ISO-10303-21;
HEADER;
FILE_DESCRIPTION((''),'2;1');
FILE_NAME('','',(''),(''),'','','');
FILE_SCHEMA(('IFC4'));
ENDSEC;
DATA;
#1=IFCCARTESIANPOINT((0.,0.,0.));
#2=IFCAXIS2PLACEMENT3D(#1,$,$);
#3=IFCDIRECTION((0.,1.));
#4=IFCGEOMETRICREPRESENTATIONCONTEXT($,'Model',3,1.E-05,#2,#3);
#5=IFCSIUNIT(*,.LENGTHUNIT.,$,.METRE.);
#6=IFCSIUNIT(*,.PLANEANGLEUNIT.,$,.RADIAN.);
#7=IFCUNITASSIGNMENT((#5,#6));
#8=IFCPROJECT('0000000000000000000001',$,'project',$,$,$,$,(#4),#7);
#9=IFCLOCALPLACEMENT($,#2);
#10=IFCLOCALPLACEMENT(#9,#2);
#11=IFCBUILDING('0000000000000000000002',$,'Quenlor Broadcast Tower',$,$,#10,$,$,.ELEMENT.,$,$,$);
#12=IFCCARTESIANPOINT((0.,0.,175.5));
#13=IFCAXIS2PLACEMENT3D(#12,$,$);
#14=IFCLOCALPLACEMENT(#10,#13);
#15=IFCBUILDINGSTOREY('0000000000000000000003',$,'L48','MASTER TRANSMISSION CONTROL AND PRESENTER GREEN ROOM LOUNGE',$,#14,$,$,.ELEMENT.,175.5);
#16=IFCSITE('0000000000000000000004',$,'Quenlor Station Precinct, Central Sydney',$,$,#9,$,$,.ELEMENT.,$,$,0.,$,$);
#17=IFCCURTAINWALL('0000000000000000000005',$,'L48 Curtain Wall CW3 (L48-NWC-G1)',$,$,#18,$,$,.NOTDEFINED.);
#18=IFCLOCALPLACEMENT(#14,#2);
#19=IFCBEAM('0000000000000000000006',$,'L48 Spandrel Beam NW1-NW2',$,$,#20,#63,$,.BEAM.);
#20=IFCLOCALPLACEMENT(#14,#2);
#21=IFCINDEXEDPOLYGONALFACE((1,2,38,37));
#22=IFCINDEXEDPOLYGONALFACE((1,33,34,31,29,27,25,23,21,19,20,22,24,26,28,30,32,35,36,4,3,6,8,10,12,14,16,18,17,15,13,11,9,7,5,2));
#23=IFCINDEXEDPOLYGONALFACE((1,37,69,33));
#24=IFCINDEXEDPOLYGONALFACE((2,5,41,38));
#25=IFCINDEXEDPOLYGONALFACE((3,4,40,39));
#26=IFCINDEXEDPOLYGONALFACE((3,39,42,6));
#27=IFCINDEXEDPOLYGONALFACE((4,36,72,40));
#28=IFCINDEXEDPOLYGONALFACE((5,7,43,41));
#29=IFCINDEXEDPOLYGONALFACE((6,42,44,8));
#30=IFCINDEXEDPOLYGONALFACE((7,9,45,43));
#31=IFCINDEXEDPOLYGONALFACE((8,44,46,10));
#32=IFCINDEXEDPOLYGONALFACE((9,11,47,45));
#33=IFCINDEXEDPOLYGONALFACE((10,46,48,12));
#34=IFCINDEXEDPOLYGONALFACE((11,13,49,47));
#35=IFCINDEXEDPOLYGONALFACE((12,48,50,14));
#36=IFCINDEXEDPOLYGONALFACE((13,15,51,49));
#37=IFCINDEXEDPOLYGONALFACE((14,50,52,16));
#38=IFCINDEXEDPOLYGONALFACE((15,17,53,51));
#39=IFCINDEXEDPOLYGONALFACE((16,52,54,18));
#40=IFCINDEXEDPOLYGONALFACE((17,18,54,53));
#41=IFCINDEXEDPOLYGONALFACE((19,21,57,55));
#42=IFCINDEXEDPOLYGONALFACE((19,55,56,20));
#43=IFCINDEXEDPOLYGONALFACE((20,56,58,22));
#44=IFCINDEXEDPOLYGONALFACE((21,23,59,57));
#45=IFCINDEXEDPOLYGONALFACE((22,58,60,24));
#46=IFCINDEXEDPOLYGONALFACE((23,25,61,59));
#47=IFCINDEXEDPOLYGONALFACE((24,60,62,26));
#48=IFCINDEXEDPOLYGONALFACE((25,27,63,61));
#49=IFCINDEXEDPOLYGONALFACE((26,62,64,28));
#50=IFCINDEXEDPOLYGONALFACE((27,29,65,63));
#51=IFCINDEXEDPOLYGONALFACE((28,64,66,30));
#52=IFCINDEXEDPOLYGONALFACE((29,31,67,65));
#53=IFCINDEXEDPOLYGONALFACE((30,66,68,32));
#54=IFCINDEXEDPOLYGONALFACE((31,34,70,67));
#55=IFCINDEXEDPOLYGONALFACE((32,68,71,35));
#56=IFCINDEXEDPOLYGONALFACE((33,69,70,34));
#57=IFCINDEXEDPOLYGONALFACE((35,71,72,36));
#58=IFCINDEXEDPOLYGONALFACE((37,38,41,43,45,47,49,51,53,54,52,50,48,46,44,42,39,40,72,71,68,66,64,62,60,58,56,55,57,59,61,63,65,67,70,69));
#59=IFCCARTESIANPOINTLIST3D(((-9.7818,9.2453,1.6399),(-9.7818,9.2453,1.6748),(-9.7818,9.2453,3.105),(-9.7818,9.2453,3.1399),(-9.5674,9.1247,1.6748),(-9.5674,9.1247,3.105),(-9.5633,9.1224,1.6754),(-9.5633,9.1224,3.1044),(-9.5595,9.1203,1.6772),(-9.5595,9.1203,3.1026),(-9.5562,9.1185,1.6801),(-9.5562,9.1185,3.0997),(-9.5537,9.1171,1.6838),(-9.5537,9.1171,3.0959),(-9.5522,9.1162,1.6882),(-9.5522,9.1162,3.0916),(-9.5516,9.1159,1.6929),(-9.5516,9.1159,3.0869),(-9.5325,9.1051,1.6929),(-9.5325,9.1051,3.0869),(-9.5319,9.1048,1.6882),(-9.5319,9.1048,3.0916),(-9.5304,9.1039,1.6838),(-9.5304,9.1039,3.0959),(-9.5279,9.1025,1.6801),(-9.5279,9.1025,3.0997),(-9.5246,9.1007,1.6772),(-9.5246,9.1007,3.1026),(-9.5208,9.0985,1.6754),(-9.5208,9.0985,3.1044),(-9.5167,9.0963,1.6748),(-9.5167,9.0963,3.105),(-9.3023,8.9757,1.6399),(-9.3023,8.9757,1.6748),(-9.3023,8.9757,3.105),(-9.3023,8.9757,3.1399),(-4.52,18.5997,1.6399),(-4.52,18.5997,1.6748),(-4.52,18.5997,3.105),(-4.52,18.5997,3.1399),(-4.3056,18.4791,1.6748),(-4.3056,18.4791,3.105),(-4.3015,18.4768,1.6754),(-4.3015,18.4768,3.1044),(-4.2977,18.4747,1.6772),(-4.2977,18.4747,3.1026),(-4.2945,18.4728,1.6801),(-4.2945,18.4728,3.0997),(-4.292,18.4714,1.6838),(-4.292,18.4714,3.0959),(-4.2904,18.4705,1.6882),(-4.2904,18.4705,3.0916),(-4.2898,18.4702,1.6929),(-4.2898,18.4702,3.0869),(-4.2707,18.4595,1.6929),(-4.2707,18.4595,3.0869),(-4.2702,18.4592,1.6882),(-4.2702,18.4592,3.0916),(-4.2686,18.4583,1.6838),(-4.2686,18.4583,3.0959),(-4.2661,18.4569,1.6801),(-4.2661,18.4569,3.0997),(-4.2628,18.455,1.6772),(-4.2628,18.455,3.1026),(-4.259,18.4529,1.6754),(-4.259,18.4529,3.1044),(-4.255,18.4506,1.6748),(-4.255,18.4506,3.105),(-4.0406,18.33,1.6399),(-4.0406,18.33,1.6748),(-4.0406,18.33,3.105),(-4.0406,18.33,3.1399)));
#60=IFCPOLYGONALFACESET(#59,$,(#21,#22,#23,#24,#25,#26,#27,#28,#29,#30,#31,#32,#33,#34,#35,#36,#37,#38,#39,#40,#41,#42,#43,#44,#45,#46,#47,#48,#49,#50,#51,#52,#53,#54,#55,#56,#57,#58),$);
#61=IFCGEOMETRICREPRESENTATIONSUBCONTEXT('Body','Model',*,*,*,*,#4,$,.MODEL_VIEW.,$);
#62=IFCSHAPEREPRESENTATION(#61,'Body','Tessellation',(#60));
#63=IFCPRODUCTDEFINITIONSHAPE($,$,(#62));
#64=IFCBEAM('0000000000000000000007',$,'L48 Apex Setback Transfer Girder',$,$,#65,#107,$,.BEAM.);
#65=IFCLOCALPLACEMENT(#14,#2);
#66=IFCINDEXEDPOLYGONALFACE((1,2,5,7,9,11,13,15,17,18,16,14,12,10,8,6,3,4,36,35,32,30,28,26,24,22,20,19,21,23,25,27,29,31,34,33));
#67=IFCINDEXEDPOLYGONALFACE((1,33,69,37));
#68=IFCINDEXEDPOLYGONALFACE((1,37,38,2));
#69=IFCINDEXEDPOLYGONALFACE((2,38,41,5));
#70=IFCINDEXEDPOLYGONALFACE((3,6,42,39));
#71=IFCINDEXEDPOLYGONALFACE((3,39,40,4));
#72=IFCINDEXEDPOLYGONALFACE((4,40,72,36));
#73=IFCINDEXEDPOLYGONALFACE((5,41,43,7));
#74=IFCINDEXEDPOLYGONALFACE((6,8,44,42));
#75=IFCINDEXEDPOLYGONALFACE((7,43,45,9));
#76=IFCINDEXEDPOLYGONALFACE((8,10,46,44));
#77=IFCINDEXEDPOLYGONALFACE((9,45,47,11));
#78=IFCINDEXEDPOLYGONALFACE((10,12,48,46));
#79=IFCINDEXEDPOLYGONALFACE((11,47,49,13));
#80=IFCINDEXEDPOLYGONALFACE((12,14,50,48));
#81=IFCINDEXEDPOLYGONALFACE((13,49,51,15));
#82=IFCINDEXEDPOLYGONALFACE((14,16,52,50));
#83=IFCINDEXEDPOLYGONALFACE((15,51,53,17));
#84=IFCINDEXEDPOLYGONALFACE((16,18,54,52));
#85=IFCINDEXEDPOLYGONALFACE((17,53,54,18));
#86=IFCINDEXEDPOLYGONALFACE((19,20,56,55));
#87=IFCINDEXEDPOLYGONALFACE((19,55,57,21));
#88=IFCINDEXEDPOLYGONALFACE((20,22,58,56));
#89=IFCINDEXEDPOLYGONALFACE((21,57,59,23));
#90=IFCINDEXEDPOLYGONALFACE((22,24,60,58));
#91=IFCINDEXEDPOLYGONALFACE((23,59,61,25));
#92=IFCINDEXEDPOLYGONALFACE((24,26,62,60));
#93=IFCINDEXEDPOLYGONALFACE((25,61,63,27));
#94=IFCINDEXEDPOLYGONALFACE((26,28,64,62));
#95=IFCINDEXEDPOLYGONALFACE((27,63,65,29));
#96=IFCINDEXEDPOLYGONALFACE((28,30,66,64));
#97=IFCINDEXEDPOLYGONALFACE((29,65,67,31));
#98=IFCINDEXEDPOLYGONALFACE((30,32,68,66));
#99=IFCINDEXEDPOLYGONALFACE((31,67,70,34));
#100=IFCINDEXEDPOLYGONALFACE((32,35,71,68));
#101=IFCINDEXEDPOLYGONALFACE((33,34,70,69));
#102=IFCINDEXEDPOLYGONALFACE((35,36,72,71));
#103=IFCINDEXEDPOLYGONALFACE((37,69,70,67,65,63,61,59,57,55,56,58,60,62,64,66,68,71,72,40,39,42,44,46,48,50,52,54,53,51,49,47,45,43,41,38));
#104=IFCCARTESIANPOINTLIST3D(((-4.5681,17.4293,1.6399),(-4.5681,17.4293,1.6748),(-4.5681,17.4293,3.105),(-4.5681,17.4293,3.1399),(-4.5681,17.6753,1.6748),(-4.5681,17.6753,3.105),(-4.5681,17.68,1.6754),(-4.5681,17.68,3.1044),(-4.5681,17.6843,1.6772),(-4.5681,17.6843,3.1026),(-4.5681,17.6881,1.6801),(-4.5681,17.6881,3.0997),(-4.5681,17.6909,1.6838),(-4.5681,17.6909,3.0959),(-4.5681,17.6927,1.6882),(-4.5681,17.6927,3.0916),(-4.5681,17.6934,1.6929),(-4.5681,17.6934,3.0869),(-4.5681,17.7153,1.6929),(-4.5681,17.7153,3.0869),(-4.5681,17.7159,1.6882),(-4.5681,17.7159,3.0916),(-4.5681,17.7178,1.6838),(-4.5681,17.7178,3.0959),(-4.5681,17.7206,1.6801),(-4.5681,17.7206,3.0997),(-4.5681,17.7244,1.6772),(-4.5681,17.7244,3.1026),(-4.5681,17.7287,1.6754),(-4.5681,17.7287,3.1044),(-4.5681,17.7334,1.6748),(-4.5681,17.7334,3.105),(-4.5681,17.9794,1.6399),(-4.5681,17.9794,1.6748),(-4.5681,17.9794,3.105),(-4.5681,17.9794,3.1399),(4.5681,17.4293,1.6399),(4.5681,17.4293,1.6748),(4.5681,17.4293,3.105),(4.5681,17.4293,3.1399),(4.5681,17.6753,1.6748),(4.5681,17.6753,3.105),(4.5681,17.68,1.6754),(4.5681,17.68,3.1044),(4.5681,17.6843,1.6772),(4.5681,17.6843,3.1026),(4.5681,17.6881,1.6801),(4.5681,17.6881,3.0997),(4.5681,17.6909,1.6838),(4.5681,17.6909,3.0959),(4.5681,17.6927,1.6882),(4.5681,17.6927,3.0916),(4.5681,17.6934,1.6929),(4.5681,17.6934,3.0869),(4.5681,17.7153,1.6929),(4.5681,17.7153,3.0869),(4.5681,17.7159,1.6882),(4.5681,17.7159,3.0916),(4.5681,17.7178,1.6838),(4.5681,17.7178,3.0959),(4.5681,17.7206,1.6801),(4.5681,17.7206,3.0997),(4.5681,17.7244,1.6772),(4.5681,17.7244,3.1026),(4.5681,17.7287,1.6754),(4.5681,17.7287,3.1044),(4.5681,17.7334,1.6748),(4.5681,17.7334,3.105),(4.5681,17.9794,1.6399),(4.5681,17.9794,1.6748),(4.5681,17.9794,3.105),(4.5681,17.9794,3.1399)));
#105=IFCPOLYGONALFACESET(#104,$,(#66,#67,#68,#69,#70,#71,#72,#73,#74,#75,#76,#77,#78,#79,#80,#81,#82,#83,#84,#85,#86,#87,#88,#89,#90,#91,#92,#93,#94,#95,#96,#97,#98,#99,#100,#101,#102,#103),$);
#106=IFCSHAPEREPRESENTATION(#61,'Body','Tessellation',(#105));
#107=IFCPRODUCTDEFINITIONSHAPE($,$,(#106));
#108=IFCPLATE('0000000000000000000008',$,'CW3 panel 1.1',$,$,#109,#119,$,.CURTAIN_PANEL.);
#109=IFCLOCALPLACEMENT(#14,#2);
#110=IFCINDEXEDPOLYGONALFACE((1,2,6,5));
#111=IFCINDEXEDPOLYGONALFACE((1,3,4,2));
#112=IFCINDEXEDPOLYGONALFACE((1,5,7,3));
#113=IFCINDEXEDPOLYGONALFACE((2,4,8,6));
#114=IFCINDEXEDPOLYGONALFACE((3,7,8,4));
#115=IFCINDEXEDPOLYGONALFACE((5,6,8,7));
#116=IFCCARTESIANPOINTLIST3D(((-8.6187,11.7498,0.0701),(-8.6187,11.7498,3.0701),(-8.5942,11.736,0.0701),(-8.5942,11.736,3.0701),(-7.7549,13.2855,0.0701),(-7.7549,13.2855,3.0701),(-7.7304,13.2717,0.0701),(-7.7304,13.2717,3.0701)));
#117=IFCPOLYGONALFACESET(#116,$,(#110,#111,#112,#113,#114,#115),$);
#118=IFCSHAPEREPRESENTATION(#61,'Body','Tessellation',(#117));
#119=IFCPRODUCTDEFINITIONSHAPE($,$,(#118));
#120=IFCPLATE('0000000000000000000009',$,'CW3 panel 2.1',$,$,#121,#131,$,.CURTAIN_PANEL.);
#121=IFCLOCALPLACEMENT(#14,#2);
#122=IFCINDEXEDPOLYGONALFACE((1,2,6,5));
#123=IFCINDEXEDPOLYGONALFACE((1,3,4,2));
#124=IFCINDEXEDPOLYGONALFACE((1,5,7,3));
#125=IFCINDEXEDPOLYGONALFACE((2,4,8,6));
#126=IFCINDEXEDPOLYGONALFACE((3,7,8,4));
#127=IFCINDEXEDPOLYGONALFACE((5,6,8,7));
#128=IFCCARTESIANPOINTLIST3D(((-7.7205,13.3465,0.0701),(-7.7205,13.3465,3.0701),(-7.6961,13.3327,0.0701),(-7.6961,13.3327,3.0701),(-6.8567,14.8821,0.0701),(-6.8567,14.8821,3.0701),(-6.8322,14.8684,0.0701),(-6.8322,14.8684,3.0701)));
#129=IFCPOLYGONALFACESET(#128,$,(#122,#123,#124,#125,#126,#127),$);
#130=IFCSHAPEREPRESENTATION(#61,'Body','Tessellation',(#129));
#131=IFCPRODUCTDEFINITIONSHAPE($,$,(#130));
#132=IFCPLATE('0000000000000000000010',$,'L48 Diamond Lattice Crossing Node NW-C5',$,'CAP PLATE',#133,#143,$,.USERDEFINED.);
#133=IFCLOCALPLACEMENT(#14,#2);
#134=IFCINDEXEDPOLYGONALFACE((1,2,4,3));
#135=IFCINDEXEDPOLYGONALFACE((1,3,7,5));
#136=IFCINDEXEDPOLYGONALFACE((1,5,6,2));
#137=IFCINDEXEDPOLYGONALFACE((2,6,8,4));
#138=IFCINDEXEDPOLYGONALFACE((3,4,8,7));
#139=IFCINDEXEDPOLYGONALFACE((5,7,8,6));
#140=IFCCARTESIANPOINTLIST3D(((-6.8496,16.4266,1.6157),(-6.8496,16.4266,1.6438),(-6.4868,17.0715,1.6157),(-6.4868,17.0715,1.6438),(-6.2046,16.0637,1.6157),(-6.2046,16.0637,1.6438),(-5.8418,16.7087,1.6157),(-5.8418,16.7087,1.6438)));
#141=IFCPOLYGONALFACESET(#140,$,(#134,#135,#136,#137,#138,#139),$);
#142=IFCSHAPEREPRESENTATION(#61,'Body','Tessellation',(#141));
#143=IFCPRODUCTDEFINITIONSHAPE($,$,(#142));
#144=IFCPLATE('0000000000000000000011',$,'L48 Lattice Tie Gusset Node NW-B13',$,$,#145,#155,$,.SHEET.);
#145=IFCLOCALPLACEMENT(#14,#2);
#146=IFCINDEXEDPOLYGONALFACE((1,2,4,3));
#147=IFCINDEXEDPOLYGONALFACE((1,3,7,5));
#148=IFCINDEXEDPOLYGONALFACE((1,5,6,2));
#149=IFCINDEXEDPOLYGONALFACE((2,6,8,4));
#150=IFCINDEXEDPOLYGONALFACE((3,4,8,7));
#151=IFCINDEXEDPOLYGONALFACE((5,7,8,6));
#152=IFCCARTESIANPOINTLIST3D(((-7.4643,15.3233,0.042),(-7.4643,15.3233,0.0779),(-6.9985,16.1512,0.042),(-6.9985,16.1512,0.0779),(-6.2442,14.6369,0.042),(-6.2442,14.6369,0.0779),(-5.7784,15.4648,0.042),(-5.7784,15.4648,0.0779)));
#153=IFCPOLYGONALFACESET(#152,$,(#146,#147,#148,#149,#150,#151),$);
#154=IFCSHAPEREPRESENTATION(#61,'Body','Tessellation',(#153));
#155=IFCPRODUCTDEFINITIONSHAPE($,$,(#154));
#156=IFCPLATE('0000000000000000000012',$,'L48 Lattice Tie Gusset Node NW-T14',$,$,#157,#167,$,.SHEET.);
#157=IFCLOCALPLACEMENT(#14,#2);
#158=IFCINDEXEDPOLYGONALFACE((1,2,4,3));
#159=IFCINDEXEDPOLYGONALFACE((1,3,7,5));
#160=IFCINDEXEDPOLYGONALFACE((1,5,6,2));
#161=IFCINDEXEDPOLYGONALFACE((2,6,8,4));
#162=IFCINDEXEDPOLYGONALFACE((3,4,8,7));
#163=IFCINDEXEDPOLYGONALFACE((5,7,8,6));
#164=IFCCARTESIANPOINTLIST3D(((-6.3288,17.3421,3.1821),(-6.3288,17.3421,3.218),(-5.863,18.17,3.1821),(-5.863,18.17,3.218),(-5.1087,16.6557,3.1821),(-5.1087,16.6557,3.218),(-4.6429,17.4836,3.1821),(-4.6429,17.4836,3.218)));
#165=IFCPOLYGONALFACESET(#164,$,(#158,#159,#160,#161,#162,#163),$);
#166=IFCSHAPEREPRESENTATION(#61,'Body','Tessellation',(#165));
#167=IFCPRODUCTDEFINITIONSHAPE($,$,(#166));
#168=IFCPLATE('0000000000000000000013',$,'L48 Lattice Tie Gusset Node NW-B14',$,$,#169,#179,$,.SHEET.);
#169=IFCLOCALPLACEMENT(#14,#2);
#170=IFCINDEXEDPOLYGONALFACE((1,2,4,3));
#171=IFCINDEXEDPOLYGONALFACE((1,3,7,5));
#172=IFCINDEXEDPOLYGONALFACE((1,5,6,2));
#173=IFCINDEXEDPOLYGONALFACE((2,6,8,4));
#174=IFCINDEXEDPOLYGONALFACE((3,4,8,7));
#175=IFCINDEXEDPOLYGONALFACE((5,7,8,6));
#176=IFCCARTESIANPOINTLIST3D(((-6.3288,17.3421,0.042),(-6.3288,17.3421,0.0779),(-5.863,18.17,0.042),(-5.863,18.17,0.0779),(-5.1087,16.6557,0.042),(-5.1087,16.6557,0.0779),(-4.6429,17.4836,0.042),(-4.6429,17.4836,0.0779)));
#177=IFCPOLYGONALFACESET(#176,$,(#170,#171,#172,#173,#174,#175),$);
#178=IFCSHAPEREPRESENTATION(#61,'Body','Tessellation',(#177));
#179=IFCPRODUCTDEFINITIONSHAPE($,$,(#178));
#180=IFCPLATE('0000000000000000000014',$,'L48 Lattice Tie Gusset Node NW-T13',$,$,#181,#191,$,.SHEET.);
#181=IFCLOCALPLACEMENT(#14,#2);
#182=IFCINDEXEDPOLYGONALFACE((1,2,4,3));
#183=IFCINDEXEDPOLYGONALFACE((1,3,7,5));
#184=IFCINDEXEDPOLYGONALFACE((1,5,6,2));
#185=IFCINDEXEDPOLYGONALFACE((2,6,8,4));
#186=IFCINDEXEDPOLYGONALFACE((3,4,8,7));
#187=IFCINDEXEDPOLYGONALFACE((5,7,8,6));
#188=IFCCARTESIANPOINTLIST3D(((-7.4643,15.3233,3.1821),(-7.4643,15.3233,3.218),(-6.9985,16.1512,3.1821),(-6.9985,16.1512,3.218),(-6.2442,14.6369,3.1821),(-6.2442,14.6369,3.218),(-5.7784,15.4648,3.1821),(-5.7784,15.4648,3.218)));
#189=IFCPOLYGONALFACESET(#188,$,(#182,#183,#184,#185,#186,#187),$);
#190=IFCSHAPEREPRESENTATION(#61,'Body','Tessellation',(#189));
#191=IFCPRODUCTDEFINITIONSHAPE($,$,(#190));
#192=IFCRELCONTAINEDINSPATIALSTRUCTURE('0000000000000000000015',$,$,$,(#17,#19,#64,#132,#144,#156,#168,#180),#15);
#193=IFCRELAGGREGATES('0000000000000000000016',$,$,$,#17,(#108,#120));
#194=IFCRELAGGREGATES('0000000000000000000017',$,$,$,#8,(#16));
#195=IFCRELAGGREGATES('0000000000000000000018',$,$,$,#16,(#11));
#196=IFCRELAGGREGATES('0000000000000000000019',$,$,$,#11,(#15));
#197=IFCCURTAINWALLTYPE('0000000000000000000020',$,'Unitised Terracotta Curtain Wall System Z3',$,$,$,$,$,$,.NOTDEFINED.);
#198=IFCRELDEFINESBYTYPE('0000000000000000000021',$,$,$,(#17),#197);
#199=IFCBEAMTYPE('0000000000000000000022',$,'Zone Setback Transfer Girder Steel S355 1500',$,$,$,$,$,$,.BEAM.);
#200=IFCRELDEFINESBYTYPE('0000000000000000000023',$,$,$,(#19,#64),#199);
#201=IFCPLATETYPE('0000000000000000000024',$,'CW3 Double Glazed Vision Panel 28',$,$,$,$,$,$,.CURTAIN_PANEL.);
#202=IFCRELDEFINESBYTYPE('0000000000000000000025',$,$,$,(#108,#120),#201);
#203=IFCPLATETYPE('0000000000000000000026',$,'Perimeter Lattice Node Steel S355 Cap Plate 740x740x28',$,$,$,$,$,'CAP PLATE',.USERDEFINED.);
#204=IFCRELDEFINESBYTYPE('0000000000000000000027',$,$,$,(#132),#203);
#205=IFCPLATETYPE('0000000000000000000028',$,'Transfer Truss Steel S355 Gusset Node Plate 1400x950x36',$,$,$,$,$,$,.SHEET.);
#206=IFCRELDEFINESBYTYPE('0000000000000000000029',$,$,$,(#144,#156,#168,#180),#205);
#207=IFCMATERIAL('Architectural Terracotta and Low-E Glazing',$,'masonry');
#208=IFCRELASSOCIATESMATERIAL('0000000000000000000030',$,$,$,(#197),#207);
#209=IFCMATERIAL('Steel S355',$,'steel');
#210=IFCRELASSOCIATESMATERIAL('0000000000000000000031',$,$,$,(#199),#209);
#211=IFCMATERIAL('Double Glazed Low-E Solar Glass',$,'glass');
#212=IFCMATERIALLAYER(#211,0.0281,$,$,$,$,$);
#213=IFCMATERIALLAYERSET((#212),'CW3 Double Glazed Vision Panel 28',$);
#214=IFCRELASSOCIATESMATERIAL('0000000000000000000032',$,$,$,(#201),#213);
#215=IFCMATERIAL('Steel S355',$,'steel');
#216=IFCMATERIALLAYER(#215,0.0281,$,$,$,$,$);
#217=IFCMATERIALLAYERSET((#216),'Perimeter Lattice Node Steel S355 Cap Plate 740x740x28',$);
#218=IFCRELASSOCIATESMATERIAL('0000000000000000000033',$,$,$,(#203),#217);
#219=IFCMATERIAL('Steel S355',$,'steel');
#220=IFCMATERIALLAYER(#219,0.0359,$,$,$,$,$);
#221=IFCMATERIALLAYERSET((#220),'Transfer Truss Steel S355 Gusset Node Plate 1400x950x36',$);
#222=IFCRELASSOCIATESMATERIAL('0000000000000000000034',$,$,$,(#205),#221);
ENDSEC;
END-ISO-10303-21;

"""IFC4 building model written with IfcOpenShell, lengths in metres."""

from ifc_helpers import new_model, si_unit, direction, frame, origin, origin_2d, place, context, subcontext, project, spatial, rectangle, i_section, extrude, material, layer, layer_set, material_profile, profile_set, type_object, element, aggregate, save


model = new_model("IFC4")

# Units and contexts
model_context = context("Model", 3, precision=1e-05, world=origin(), true_north=direction((0.0, 1.0)))
body_context = subcontext(model_context, "Body", "Model", "MODEL_VIEW")
ifc_project = project(units=[si_unit("LENGTHUNIT", "METRE"), si_unit("PLANEANGLEUNIT", "RADIAN")], contexts=[model_context])

# Site, building, storey
site_placement = place(None, origin())
site = spatial("IfcSite", under=ifc_project, at=site_placement, Name="Quenlor Station Precinct, Central Sydney", CompositionType="ELEMENT", RefElevation=0.0)
building_placement = place(site_placement, origin())
building = spatial("IfcBuilding", under=site, at=building_placement, Name="Quenlor Broadcast Tower", CompositionType="ELEMENT")
storey_placement = place(building_placement, frame((0.0, 0.0, 175.5)))
storey = spatial("IfcBuildingStorey", under=building, at=storey_placement, Name="L48", Description="MASTER TRANSMISSION CONTROL AND PRESENTER GREEN ROOM LOUNGE", CompositionType="ELEMENT", Elevation=175.5)

# Curtain wall
ifc_material_1 = material(Name="Architectural Terracotta and Low-E Glazing", Category="masonry")
curtain_wall_type = type_object("IfcCurtainWallType", Name="Unitised Terracotta Curtain Wall System Z3", PredefinedType="NOTDEFINED", material=ifc_material_1)
curtain_wall_placement = place(storey_placement, origin())
curtain_wall = element("IfcCurtainWall", 1, at=curtain_wall_placement, inside=storey, type_object=curtain_wall_type, Name="L48 Curtain Wall CW3 (L48-NWC-G1)", PredefinedType="NOTDEFINED")

# Beams
ifc_material_2 = material(Name="Steel S355", Category="steel")
ifc_material_profile_1 = material_profile(ifc_material_2, i_section(OverallWidth=0.55, OverallDepth=1.5, WebThickness=0.022, FlangeThickness=0.0349, FilletRadius=0.0181, at=origin_2d()))
ifc_profile_set_1 = profile_set([ifc_material_profile_1], Name="Steel S355 1500TG510")
beam_type_1 = type_object("IfcBeamType", Name="Zone Setback Transfer Girder Steel S355 1500", PredefinedType="BEAM", material=ifc_profile_set_1)
beam_1_placement = place(storey_placement, frame((-4.2803, 18.4648, 2.3899), z_axis=(-0.490258, -0.871577, 0.0), x_axis=(0.871577, -0.490258, 0.0)))
element("IfcBeam", 2, at=beam_1_placement, inside=storey, type_object=beam_type_1, Name="L48 Spandrel Beam NW1-NW2", PredefinedType="BEAM", context=body_context, shape_type="SweptSolid", body=[
    extrude(i_section(OverallWidth=0.55, OverallDepth=1.5, WebThickness=0.022, FlangeThickness=0.0349, FilletRadius=0.0181, at=origin_2d()), origin(), (0.0, 0.0, 1.0), 10.7327),
])
beam_2_placement = place(storey_placement, frame((-4.5681, 17.7043, 2.3899), z_axis=(1.0, 0.0, 0.0), x_axis=(0.0, 1.0, 0.0)))
element("IfcBeam", 3, at=beam_2_placement, inside=storey, type_object=beam_type_1, Name="L48 Apex Setback Transfer Girder", PredefinedType="BEAM", context=body_context, shape_type="SweptSolid", body=[
    extrude(i_section(OverallWidth=0.55, OverallDepth=1.5, WebThickness=0.022, FlangeThickness=0.0349, FilletRadius=0.0181, at=origin_2d()), origin(), (0.0, 0.0, 1.0), 9.1362),
])

# Plates
ifc_material_3 = material(Name="Double Glazed Low-E Solar Glass", Category="glass")
ifc_layer_1 = layer(ifc_material_3, 0.0281)
ifc_layer_set_1 = layer_set([ifc_layer_1], Name="CW3 Double Glazed Vision Panel 28")
plate_type_1 = type_object("IfcPlateType", Name="CW3 Double Glazed Vision Panel 28", PredefinedType="CURTAIN_PANEL", material=ifc_layer_set_1)
plate_1_placement = place(storey_placement, frame((-8.1746, 12.5107, 0.0701), z_axis=(0.0, 0.0, 1.0), x_axis=(0.49027, 0.871571, 0.0)))
plate_1 = element("IfcPlate", 4, at=plate_1_placement, type_object=plate_type_1, Name="CW3 panel 1.1", PredefinedType="CURTAIN_PANEL", context=body_context, shape_type="SweptSolid", body=[
    extrude(rectangle(XDim=1.762, YDim=0.0281, at=origin_2d()), origin(), (0.0, 0.0, 1.0), 3.0),
])
plate_2_placement = place(storey_placement, frame((-7.2764, 14.1074, 0.0701), z_axis=(0.0, 0.0, 1.0), x_axis=(0.49027, 0.871571, 0.0)))
plate_2 = element("IfcPlate", 5, at=plate_2_placement, type_object=plate_type_1, Name="CW3 panel 2.1", PredefinedType="CURTAIN_PANEL", context=body_context, shape_type="SweptSolid", body=[
    extrude(rectangle(XDim=1.762, YDim=0.0281, at=origin_2d()), origin(), (0.0, 0.0, 1.0), 3.0),
])
aggregate(curtain_wall, [plate_1, plate_2])

# Plates
ifc_material_4 = material(Name="Steel S355", Category="steel")
ifc_layer_2 = layer(ifc_material_4, 0.0281)
ifc_layer_set_2 = layer_set([ifc_layer_2], Name="Perimeter Lattice Node Steel S355 Cap Plate 740x740x28")
plate_type_2 = type_object("IfcPlateType", Name="Perimeter Lattice Node Steel S355 Cap Plate 740x740x28", ElementType="CAP PLATE", PredefinedType="USERDEFINED", material=ifc_layer_set_2)
plate_3_placement = place(storey_placement, frame((-6.3457, 16.5676, 1.6157), z_axis=(0.0, 0.0, 1.0), x_axis=(0.490295, 0.871556, 0.0)))
element("IfcPlate", 6, at=plate_3_placement, inside=storey, type_object=plate_type_2, Name="L48 Diamond Lattice Crossing Node NW-C5", ObjectType="CAP PLATE", PredefinedType="USERDEFINED", context=body_context, shape_type="SweptSolid", body=[
    extrude(rectangle(XDim=0.74, YDim=0.74, at=origin_2d()), origin(), (0.0, 0.0, 1.0), 0.0281),
])
ifc_material_5 = material(Name="Steel S355", Category="steel")
ifc_layer_3 = layer(ifc_material_5, 0.0359)
ifc_layer_set_3 = layer_set([ifc_layer_3], Name="Transfer Truss Steel S355 Gusset Node Plate 1400x950x36")
plate_type_3 = type_object("IfcPlateType", Name="Transfer Truss Steel S355 Gusset Node Plate 1400x950x36", PredefinedType="SHEET", material=ifc_layer_set_3)
for number, where, z_axis, x_axis, name in (
    (7, (-6.6213, 15.394, 0.042), (0.0, 0.0, 1.0), (-0.871556, 0.490295, 0.0), "L48 Lattice Tie Gusset Node NW-B13"),
    (8, (-5.4858, 17.4128, 3.1821), (0.0, 0.0, 1.0), (-0.871556, 0.490295, 0.0), "L48 Lattice Tie Gusset Node NW-T14"),
    (9, (-5.4858, 17.4128, 0.042), (0.0, 0.0, 1.0), (-0.871556, 0.490295, 0.0), "L48 Lattice Tie Gusset Node NW-B14"),
    (10, (-6.6213, 15.394, 3.1821), (0.0, 0.0, 1.0), (-0.871556, 0.490295, 0.0), "L48 Lattice Tie Gusset Node NW-T13"),
):
    element("IfcPlate", number, at=place(storey_placement, frame(where, z_axis=z_axis, x_axis=x_axis)), inside=storey, type_object=plate_type_3, Name=name, PredefinedType="SHEET", context=body_context, shape_type="SweptSolid", body=[
        extrude(rectangle(XDim=1.3999, YDim=0.95, at=origin_2d()), origin(), (0.0, 0.0, 1.0), 0.0359),
    ])

save(model, "model.ifc")
